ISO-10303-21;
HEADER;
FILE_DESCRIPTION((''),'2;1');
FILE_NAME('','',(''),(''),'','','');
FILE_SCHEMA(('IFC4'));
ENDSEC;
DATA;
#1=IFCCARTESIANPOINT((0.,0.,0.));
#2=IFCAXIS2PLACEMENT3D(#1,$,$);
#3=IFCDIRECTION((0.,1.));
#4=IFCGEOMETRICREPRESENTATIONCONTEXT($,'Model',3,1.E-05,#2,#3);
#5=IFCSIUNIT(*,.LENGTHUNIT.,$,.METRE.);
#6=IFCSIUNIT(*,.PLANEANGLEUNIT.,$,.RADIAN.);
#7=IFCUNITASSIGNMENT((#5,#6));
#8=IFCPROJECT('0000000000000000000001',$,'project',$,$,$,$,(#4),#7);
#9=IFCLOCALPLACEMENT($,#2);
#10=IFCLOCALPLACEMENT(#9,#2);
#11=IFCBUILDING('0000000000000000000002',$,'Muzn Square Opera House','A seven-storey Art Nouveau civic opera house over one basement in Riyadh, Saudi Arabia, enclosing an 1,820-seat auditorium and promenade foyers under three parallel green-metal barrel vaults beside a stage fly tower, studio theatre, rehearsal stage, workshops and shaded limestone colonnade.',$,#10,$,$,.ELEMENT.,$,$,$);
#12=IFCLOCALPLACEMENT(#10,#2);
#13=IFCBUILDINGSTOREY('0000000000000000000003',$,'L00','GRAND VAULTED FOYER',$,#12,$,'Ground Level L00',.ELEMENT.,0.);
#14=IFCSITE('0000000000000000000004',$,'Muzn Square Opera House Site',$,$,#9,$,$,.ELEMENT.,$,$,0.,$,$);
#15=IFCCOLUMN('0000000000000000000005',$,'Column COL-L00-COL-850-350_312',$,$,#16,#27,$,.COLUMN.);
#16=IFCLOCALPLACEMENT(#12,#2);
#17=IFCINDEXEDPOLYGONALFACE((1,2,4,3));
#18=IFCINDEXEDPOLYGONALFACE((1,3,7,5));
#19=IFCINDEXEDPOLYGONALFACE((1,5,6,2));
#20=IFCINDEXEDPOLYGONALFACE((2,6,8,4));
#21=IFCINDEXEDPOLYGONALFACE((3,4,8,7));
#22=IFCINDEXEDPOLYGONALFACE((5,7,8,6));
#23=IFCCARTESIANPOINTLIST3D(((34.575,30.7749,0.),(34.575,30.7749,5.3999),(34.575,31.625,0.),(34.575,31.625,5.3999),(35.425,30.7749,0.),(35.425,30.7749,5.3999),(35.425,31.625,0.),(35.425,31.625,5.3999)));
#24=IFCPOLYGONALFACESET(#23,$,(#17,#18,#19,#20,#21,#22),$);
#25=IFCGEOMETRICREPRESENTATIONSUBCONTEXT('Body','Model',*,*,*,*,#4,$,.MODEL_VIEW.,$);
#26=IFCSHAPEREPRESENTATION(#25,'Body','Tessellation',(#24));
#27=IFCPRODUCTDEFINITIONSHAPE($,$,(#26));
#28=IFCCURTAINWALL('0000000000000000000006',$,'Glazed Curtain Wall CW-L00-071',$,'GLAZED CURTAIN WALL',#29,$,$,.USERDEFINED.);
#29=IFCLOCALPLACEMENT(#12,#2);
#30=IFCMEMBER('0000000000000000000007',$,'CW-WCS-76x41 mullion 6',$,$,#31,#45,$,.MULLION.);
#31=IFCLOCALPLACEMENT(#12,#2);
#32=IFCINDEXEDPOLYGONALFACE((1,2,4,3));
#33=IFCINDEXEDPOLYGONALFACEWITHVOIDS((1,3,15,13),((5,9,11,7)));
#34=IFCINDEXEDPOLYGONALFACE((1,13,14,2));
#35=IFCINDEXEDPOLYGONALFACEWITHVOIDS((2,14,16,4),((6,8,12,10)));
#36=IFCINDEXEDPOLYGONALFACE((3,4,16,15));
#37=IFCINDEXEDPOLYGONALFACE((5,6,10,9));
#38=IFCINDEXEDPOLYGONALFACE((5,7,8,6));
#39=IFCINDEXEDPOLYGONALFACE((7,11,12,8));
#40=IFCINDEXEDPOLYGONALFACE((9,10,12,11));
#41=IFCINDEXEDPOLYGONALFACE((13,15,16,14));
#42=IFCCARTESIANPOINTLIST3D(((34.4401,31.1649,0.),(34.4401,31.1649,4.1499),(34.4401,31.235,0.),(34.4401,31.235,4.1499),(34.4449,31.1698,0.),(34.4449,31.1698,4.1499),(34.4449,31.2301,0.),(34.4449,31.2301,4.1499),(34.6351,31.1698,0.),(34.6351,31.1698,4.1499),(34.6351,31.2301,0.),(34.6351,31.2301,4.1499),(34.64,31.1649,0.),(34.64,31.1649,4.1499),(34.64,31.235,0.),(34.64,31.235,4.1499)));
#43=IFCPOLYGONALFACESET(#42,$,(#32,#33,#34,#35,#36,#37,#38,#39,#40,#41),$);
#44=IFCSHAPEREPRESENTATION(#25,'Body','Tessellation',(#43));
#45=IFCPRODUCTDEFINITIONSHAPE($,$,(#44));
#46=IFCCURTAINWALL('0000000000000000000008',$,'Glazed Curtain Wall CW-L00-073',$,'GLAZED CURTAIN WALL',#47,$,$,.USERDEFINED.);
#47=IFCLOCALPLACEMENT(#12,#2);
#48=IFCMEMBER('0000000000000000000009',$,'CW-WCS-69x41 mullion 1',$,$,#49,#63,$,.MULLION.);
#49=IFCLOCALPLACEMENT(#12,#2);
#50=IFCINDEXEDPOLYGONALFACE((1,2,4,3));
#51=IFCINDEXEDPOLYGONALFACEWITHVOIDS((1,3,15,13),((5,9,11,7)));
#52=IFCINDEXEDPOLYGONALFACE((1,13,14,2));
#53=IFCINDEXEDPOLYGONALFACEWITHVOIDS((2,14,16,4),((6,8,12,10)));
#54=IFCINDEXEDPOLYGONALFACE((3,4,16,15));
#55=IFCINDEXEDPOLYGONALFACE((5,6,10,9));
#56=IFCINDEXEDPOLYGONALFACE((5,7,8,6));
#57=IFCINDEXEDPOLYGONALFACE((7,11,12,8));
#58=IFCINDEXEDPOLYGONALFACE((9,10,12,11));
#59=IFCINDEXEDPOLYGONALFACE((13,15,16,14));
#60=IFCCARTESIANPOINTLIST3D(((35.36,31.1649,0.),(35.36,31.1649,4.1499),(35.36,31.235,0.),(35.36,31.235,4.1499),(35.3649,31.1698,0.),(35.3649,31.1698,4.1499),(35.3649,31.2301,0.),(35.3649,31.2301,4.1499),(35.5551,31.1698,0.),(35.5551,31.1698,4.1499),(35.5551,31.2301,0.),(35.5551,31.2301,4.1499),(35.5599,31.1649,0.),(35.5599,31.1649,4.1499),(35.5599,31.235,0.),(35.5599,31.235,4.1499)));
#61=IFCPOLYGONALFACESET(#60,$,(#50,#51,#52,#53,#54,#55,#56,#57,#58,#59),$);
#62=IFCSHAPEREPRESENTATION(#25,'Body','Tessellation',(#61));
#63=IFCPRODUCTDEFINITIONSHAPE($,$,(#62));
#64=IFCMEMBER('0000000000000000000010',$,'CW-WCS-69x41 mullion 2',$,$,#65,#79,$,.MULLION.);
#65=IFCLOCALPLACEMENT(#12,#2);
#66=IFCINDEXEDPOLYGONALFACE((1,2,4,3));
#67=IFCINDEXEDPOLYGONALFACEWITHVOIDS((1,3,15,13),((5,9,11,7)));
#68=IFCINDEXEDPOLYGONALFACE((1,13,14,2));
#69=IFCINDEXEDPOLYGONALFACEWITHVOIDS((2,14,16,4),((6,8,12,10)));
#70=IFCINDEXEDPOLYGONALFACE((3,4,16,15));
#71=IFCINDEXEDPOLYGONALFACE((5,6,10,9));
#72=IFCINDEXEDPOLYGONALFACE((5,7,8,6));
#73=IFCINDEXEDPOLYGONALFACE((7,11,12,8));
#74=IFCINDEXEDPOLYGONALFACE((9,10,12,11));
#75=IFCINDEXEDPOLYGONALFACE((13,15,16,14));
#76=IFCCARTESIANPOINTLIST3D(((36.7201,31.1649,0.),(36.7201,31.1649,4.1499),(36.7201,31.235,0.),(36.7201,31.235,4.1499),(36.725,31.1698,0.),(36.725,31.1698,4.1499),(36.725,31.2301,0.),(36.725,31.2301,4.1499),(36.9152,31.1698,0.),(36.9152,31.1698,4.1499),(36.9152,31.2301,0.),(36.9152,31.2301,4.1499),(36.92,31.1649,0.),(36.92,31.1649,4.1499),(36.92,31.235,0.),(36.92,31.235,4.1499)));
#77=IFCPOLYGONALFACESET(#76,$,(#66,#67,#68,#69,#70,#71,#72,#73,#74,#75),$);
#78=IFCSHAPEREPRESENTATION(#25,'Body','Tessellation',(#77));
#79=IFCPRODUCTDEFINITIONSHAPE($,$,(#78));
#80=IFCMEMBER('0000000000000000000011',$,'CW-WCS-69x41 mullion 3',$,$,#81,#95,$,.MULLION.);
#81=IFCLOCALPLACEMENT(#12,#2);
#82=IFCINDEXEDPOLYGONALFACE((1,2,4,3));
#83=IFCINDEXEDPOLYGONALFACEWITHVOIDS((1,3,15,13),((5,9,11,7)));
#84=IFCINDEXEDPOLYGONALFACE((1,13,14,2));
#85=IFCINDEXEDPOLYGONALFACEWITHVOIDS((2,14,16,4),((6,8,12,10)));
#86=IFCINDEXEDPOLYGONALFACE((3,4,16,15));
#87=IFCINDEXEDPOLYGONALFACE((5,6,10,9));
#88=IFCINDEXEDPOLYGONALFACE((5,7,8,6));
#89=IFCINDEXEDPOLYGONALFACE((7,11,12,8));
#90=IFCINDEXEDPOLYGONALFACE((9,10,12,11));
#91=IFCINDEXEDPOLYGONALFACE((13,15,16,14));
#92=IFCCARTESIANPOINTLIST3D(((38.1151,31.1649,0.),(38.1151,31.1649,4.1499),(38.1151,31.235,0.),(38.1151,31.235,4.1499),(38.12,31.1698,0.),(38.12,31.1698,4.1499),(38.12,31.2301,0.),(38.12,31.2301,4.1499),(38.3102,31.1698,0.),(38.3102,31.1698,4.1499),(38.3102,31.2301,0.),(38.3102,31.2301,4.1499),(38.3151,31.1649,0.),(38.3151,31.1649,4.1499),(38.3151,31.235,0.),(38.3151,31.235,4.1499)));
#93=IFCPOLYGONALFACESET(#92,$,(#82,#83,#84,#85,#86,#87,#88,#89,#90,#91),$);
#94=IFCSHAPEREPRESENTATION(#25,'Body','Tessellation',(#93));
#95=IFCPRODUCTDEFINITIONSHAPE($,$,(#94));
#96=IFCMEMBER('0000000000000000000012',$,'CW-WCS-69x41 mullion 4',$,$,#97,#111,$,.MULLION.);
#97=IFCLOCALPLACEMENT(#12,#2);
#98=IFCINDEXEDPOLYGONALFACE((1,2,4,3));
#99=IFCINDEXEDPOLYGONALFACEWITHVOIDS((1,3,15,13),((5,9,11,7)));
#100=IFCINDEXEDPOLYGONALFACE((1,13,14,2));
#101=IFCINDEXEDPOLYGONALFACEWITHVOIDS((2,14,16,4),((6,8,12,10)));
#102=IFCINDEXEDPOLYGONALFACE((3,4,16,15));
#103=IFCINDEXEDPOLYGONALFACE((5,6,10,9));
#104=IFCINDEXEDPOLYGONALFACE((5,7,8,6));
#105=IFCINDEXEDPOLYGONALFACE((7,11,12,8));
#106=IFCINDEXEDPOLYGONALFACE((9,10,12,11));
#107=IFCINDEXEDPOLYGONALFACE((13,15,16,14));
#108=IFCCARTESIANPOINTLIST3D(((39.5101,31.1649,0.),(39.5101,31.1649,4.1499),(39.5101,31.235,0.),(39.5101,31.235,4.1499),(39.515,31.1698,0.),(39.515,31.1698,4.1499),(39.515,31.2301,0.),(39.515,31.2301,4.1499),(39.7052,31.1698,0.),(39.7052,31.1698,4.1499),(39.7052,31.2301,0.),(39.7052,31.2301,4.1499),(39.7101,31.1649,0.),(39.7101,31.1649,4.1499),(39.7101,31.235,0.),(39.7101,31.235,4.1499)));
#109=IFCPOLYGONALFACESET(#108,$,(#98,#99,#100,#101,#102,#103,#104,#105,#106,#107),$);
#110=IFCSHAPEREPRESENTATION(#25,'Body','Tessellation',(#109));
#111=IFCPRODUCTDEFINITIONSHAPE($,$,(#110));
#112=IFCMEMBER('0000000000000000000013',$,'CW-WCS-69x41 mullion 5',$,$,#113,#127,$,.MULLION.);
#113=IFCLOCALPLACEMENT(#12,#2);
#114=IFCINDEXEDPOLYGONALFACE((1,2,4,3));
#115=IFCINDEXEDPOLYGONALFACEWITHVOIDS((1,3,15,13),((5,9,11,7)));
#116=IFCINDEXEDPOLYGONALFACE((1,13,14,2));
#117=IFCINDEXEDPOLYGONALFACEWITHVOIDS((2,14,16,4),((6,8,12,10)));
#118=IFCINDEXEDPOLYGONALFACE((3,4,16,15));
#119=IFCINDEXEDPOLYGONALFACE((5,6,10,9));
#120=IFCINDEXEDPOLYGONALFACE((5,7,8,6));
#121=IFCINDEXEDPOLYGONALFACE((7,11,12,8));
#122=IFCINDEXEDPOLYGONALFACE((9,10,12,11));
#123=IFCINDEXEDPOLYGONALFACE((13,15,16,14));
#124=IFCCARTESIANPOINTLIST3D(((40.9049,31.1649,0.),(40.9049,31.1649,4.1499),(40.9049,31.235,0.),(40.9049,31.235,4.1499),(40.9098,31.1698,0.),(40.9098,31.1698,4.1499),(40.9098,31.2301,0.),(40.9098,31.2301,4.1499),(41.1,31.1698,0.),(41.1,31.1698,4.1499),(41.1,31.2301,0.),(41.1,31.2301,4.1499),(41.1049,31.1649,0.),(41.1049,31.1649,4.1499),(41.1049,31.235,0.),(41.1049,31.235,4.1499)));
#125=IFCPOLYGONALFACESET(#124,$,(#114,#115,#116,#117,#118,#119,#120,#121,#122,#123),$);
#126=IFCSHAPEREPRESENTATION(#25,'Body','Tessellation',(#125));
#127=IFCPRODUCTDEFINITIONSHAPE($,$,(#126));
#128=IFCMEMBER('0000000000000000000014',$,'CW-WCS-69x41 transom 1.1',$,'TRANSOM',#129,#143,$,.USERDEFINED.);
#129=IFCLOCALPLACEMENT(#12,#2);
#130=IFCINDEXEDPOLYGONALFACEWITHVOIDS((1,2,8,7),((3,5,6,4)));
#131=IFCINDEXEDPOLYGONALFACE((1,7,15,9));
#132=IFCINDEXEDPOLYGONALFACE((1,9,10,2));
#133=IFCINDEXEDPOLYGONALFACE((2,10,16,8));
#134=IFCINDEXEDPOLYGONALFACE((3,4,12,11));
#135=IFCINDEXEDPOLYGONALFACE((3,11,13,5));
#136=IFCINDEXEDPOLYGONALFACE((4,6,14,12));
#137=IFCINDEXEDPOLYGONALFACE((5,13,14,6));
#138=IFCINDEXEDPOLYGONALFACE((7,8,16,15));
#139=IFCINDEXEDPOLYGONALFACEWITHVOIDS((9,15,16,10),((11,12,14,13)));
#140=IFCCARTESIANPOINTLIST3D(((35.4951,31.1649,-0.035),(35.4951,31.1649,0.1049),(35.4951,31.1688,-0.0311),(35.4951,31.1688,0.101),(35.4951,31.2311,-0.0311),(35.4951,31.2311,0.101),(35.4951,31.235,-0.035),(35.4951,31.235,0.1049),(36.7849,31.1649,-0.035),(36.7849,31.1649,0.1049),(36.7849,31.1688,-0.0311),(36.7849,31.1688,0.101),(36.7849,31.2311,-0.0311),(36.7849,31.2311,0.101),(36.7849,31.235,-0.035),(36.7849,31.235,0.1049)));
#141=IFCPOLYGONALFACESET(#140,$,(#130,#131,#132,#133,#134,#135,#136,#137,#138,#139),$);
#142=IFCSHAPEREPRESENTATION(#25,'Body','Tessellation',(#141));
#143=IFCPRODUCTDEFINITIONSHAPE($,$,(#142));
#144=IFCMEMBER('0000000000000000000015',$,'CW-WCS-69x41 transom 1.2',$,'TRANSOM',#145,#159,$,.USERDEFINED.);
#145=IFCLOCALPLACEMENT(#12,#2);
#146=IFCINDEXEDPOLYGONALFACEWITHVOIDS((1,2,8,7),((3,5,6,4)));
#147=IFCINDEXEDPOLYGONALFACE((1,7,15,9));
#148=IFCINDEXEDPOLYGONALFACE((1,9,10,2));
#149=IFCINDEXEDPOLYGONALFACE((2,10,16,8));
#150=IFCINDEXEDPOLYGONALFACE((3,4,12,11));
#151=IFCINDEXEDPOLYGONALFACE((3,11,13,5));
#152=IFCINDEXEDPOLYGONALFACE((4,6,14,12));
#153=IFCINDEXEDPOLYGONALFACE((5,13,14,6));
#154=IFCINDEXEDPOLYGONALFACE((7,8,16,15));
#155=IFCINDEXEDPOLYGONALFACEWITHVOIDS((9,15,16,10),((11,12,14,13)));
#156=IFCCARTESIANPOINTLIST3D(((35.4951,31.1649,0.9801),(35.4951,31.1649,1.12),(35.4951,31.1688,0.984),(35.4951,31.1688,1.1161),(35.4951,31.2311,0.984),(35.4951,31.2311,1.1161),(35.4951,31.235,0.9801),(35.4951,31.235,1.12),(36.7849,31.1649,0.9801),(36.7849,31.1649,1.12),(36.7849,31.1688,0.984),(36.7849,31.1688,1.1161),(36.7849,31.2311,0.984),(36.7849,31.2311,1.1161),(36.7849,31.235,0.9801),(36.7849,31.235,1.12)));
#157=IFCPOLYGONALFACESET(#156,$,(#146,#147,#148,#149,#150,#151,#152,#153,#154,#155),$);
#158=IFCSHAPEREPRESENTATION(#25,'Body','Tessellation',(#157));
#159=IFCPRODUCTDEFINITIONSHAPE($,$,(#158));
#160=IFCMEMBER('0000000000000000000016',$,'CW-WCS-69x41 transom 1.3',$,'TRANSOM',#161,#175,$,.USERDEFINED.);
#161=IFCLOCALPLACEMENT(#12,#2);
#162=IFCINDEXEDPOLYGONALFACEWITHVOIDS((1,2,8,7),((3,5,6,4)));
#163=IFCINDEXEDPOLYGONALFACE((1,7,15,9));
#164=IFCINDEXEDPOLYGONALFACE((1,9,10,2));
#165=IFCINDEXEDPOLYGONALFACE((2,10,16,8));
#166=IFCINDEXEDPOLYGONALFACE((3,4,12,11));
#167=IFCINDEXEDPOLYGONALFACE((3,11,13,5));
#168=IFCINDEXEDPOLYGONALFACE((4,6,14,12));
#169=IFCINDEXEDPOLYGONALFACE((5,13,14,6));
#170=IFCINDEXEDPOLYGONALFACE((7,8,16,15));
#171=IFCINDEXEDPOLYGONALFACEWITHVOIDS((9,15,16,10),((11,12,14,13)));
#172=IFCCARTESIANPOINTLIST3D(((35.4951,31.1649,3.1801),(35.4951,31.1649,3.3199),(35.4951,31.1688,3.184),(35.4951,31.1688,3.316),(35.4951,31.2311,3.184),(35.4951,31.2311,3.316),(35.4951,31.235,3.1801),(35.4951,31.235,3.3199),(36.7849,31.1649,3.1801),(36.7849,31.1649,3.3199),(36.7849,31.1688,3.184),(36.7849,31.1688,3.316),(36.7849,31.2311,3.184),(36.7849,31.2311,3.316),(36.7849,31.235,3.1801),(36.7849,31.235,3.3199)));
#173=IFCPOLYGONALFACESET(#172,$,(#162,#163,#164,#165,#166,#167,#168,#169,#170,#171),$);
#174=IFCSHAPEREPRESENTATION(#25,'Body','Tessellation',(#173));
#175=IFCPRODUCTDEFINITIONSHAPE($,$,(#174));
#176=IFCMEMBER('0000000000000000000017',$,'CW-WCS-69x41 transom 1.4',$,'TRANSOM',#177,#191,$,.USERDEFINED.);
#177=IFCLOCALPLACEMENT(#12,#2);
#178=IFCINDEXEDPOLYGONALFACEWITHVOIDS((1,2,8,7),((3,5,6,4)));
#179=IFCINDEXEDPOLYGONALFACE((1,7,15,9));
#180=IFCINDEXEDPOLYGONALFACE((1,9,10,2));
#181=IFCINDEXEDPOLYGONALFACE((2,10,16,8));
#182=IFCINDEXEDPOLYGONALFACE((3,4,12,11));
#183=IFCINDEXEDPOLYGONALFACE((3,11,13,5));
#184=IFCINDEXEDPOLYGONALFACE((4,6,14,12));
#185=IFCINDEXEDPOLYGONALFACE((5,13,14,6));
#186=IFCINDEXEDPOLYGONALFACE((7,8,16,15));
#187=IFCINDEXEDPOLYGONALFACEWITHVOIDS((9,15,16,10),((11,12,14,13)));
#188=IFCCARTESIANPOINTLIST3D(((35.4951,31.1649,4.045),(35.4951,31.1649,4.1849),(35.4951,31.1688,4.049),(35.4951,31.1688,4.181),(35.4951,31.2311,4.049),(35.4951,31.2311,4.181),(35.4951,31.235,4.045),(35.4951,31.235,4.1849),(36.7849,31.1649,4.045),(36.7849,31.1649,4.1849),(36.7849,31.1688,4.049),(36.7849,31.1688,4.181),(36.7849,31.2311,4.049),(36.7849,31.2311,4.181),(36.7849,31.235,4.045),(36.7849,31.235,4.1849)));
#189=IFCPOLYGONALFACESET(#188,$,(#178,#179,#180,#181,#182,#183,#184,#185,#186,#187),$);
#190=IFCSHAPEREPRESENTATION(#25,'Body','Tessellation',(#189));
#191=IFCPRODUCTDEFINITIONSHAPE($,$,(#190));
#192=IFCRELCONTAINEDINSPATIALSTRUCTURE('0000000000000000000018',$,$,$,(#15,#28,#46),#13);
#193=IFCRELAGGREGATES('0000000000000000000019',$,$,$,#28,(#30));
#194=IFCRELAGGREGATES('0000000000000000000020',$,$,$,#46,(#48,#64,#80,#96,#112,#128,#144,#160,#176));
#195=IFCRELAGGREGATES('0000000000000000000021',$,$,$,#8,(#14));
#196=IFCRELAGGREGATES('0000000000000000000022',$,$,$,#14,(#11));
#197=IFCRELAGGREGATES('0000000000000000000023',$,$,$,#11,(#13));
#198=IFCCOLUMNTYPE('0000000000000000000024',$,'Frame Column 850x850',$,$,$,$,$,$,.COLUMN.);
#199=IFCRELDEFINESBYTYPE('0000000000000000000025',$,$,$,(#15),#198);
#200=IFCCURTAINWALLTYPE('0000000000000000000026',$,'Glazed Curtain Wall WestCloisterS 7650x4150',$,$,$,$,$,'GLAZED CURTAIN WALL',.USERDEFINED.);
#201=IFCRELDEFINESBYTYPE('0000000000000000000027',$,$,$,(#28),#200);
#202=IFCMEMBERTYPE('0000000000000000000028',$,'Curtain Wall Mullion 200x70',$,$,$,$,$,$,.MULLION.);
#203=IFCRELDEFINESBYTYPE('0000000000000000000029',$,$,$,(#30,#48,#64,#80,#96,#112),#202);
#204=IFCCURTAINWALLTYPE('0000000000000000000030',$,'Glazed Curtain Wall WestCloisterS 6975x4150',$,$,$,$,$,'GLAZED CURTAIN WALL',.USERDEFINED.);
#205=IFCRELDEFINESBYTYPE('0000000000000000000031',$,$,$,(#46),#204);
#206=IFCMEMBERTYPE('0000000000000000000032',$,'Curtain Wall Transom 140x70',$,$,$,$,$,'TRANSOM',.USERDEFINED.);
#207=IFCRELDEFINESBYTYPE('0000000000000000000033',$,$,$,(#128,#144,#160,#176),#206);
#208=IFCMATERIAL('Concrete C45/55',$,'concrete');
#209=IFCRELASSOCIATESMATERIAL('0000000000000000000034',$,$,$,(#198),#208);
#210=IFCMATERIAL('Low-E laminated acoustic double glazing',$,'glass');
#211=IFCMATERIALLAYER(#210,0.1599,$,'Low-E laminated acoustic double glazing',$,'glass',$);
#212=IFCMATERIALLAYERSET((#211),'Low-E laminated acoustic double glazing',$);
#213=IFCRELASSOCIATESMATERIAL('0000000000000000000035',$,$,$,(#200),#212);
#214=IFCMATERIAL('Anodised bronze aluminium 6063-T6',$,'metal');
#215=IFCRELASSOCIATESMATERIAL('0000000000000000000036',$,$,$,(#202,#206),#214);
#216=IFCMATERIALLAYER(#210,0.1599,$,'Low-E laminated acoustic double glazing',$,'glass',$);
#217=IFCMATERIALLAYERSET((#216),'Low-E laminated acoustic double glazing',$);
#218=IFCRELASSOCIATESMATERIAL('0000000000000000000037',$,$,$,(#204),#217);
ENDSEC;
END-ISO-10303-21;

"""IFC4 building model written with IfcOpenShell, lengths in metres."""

from ifc_helpers import new_model, si_unit, direction, frame, origin, origin_2d, place, context, subcontext, project, spatial, rectangle, hollow_rectangle, extrude, material, layer, layer_set, material_profile, profile_set, type_object, element, aggregate, save


model = new_model("IFC4")

# Units and contexts
model_context = context("Model", 3, precision=1e-05, world=origin(), true_north=direction((0.0, 1.0)))
body_context = subcontext(model_context, "Body", "Model", "MODEL_VIEW")
ifc_project = project(units=[si_unit("LENGTHUNIT", "METRE"), si_unit("PLANEANGLEUNIT", "RADIAN")], contexts=[model_context])

# Site, building, storey
site_placement = place(None, origin())
site = spatial("IfcSite", under=ifc_project, at=site_placement, Name="Muzn Square Opera House Site", CompositionType="ELEMENT", RefElevation=0.0)
building_placement = place(site_placement, origin())
building = spatial("IfcBuilding", under=site, at=building_placement, Name="Muzn Square Opera House", Description="A seven-storey Art Nouveau civic opera house over one basement in Riyadh, Saudi Arabia, enclosing an 1,820-seat auditorium and promenade foyers under three parallel green-metal barrel vaults beside a stage fly tower, studio theatre, rehearsal stage, workshops and shaded limestone colonnade.", CompositionType="ELEMENT")
storey_placement = place(building_placement, origin())
storey = spatial("IfcBuildingStorey", under=building, at=storey_placement, Name="L00", Description="GRAND VAULTED FOYER", LongName="Ground Level L00", CompositionType="ELEMENT", Elevation=0.0)

# Column
ifc_material_1 = material(Name="Concrete C45/55", Category="concrete")
ifc_material_profile_1 = material_profile(ifc_material_1, rectangle(XDim=0.8501, YDim=0.8501, at=origin_2d()), Name="RC 850x850", Category="concrete")
ifc_profile_set_1 = profile_set([ifc_material_profile_1], Name="Concrete C45/55")
column_type = type_object("IfcColumnType", Name="Frame Column 850x850", PredefinedType="COLUMN", material=ifc_profile_set_1)
column_placement = place(storey_placement, frame((35.0, 31.2, 0.0), z_axis=(0.0, 0.0, 1.0), x_axis=(1.0, 0.0, 0.0)))
element("IfcColumn", 1, at=column_placement, inside=storey, type_object=column_type, Name="Column COL-L00-COL-850-350_312", PredefinedType="COLUMN", context=body_context, shape_type="SweptSolid", body=[
    extrude(rectangle(XDim=0.8501, YDim=0.8501, at=origin_2d()), origin(), (0.0, 0.0, 1.0), 5.3999),
])

# Curtain wall, member
ifc_material_2 = material(Name="Low-E laminated acoustic double glazing", Category="glass")
ifc_layer_1 = layer(ifc_material_2, 0.1599, Name="Low-E laminated acoustic double glazing", Category="glass")
ifc_layer_set_1 = layer_set([ifc_layer_1], Name="Low-E laminated acoustic double glazing")
curtain_wall_type_1 = type_object("IfcCurtainWallType", Name="Glazed Curtain Wall WestCloisterS 7650x4150", ElementType="GLAZED CURTAIN WALL", PredefinedType="USERDEFINED", material=ifc_layer_set_1)
curtain_wall_1_placement = place(storey_placement, origin())
curtain_wall_1 = element("IfcCurtainWall", 2, at=curtain_wall_1_placement, inside=storey, type_object=curtain_wall_type_1, Name="Glazed Curtain Wall CW-L00-071", ObjectType="GLAZED CURTAIN WALL", PredefinedType="USERDEFINED")
ifc_material_3 = material(Name="Anodised bronze aluminium 6063-T6", Category="metal")
ifc_material_profile_2 = material_profile(ifc_material_3, hollow_rectangle(XDim=0.0701, YDim=0.2, WallThickness=0.0049, at=origin_2d()), Name="ALU 200x70x5", Category="metal")
ifc_profile_set_2 = profile_set([ifc_material_profile_2], Name="Anodised bronze aluminium 6063-T6")
member_type_1 = type_object("IfcMemberType", Name="Curtain Wall Mullion 200x70", PredefinedType="MULLION", material=ifc_profile_set_2)
member_1_placement = place(storey_placement, frame((34.54, 31.2, 0.0), z_axis=(0.0, 0.0, 1.0), x_axis=(0.0, 1.0, 0.0)))
member_1 = element("IfcMember", 3, at=member_1_placement, type_object=member_type_1, Name="CW-WCS-76x41 mullion 6", PredefinedType="MULLION", context=body_context, shape_type="SweptSolid", body=[
    extrude(hollow_rectangle(XDim=0.0701, YDim=0.2, WallThickness=0.0049, at=origin_2d()), origin(), (0.0, 0.0, 1.0), 4.1499),
])

# Curtain wall, members
ifc_layer_2 = layer(ifc_material_2, 0.1599, Name="Low-E laminated acoustic double glazing", Category="glass")
ifc_layer_set_2 = layer_set([ifc_layer_2], Name="Low-E laminated acoustic double glazing")
curtain_wall_type_2 = type_object("IfcCurtainWallType", Name="Glazed Curtain Wall WestCloisterS 6975x4150", ElementType="GLAZED CURTAIN WALL", PredefinedType="USERDEFINED", material=ifc_layer_set_2)
curtain_wall_2_placement = place(storey_placement, origin())
curtain_wall_2 = element("IfcCurtainWall", 4, at=curtain_wall_2_placement, inside=storey, type_object=curtain_wall_type_2, Name="Glazed Curtain Wall CW-L00-073", ObjectType="GLAZED CURTAIN WALL", PredefinedType="USERDEFINED")
member_2_placement = place(storey_placement, frame((35.46, 31.2, 0.0), z_axis=(0.0, 0.0, 1.0), x_axis=(0.0, 1.0, 0.0)))
member_2 = element("IfcMember", 5, at=member_2_placement, type_object=member_type_1, Name="CW-WCS-69x41 mullion 1", PredefinedType="MULLION", context=body_context, shape_type="SweptSolid", body=[
    extrude(hollow_rectangle(XDim=0.0701, YDim=0.2, WallThickness=0.0049, at=origin_2d()), origin(), (0.0, 0.0, 1.0), 4.1499),
])
member_3_placement = place(storey_placement, frame((36.8201, 31.2, 0.0), z_axis=(0.0, 0.0, 1.0), x_axis=(0.0, 1.0, 0.0)))
member_3 = element("IfcMember", 6, at=member_3_placement, type_object=member_type_1, Name="CW-WCS-69x41 mullion 2", PredefinedType="MULLION", context=body_context, shape_type="SweptSolid", body=[
    extrude(hollow_rectangle(XDim=0.0701, YDim=0.2, WallThickness=0.0049, at=origin_2d()), origin(), (0.0, 0.0, 1.0), 4.1499),
])
member_4_placement = place(storey_placement, frame((38.2151, 31.2, 0.0), z_axis=(0.0, 0.0, 1.0), x_axis=(0.0, 1.0, 0.0)))
member_4 = element("IfcMember", 7, at=member_4_placement, type_object=member_type_1, Name="CW-WCS-69x41 mullion 3", PredefinedType="MULLION", context=body_context, shape_type="SweptSolid", body=[
    extrude(hollow_rectangle(XDim=0.0701, YDim=0.2, WallThickness=0.0049, at=origin_2d()), origin(), (0.0, 0.0, 1.0), 4.1499),
])
member_5_placement = place(storey_placement, frame((39.6101, 31.2, 0.0), z_axis=(0.0, 0.0, 1.0), x_axis=(0.0, 1.0, 0.0)))
member_5 = element("IfcMember", 8, at=member_5_placement, type_object=member_type_1, Name="CW-WCS-69x41 mullion 4", PredefinedType="MULLION", context=body_context, shape_type="SweptSolid", body=[
    extrude(hollow_rectangle(XDim=0.0701, YDim=0.2, WallThickness=0.0049, at=origin_2d()), origin(), (0.0, 0.0, 1.0), 4.1499),
])
member_6_placement = place(storey_placement, frame((41.0049, 31.2, 0.0), z_axis=(0.0, 0.0, 1.0), x_axis=(0.0, 1.0, 0.0)))
member_6 = element("IfcMember", 9, at=member_6_placement, type_object=member_type_1, Name="CW-WCS-69x41 mullion 5", PredefinedType="MULLION", context=body_context, shape_type="SweptSolid", body=[
    extrude(hollow_rectangle(XDim=0.0701, YDim=0.2, WallThickness=0.0049, at=origin_2d()), origin(), (0.0, 0.0, 1.0), 4.1499),
])
ifc_material_profile_3 = material_profile(ifc_material_3, hollow_rectangle(XDim=0.0701, YDim=0.1399, WallThickness=0.0039, at=origin_2d()), Name="ALU 140x70x4", Category="metal")
ifc_profile_set_3 = profile_set([ifc_material_profile_3], Name="Anodised bronze aluminium 6063-T6")
member_type_2 = type_object("IfcMemberType", Name="Curtain Wall Transom 140x70", ElementType="TRANSOM", PredefinedType="USERDEFINED", material=ifc_profile_set_3)
member_7_placement = place(storey_placement, frame((35.4951, 31.2, 0.0349), z_axis=(1.0, 0.0, 0.0), x_axis=(0.0, 1.0, 0.0)))
member_7 = element("IfcMember", 10, at=member_7_placement, type_object=member_type_2, Name="CW-WCS-69x41 transom 1.1", ObjectType="TRANSOM", PredefinedType="USERDEFINED", context=body_context, shape_type="SweptSolid", body=[
    extrude(hollow_rectangle(XDim=0.0701, YDim=0.1399, WallThickness=0.0039, at=origin_2d()), origin(), (0.0, 0.0, 1.0), 1.2898),
])
member_8_placement = place(storey_placement, frame((35.4951, 31.2, 1.05), z_axis=(1.0, 0.0, 0.0), x_axis=(0.0, 1.0, 0.0)))
member_8 = element("IfcMember", 11, at=member_8_placement, type_object=member_type_2, Name="CW-WCS-69x41 transom 1.2", ObjectType="TRANSOM", PredefinedType="USERDEFINED", context=body_context, shape_type="SweptSolid", body=[
    extrude(hollow_rectangle(XDim=0.0701, YDim=0.1399, WallThickness=0.0039, at=origin_2d()), origin(), (0.0, 0.0, 1.0), 1.2898),
])
member_9_placement = place(storey_placement, frame((35.4951, 31.2, 3.25), z_axis=(1.0, 0.0, 0.0), x_axis=(0.0, 1.0, 0.0)))
member_9 = element("IfcMember", 12, at=member_9_placement, type_object=member_type_2, Name="CW-WCS-69x41 transom 1.3", ObjectType="TRANSOM", PredefinedType="USERDEFINED", context=body_context, shape_type="SweptSolid", body=[
    extrude(hollow_rectangle(XDim=0.0701, YDim=0.1399, WallThickness=0.0039, at=origin_2d()), origin(), (0.0, 0.0, 1.0), 1.2898),
])
member_10_placement = place(storey_placement, frame((35.4951, 31.2, 4.115), z_axis=(1.0, 0.0, 0.0), x_axis=(0.0, 1.0, 0.0)))
member_10 = element("IfcMember", 13, at=member_10_placement, type_object=member_type_2, Name="CW-WCS-69x41 transom 1.4", ObjectType="TRANSOM", PredefinedType="USERDEFINED", context=body_context, shape_type="SweptSolid", body=[
    extrude(hollow_rectangle(XDim=0.0701, YDim=0.1399, WallThickness=0.0039, at=origin_2d()), origin(), (0.0, 0.0, 1.0), 1.2898),
])

aggregate(curtain_wall_1, [member_1])
aggregate(curtain_wall_2, [member_2, member_3, member_4, member_5, member_6, member_7, member_8, member_9, member_10])

save(model, "model.ifc")
